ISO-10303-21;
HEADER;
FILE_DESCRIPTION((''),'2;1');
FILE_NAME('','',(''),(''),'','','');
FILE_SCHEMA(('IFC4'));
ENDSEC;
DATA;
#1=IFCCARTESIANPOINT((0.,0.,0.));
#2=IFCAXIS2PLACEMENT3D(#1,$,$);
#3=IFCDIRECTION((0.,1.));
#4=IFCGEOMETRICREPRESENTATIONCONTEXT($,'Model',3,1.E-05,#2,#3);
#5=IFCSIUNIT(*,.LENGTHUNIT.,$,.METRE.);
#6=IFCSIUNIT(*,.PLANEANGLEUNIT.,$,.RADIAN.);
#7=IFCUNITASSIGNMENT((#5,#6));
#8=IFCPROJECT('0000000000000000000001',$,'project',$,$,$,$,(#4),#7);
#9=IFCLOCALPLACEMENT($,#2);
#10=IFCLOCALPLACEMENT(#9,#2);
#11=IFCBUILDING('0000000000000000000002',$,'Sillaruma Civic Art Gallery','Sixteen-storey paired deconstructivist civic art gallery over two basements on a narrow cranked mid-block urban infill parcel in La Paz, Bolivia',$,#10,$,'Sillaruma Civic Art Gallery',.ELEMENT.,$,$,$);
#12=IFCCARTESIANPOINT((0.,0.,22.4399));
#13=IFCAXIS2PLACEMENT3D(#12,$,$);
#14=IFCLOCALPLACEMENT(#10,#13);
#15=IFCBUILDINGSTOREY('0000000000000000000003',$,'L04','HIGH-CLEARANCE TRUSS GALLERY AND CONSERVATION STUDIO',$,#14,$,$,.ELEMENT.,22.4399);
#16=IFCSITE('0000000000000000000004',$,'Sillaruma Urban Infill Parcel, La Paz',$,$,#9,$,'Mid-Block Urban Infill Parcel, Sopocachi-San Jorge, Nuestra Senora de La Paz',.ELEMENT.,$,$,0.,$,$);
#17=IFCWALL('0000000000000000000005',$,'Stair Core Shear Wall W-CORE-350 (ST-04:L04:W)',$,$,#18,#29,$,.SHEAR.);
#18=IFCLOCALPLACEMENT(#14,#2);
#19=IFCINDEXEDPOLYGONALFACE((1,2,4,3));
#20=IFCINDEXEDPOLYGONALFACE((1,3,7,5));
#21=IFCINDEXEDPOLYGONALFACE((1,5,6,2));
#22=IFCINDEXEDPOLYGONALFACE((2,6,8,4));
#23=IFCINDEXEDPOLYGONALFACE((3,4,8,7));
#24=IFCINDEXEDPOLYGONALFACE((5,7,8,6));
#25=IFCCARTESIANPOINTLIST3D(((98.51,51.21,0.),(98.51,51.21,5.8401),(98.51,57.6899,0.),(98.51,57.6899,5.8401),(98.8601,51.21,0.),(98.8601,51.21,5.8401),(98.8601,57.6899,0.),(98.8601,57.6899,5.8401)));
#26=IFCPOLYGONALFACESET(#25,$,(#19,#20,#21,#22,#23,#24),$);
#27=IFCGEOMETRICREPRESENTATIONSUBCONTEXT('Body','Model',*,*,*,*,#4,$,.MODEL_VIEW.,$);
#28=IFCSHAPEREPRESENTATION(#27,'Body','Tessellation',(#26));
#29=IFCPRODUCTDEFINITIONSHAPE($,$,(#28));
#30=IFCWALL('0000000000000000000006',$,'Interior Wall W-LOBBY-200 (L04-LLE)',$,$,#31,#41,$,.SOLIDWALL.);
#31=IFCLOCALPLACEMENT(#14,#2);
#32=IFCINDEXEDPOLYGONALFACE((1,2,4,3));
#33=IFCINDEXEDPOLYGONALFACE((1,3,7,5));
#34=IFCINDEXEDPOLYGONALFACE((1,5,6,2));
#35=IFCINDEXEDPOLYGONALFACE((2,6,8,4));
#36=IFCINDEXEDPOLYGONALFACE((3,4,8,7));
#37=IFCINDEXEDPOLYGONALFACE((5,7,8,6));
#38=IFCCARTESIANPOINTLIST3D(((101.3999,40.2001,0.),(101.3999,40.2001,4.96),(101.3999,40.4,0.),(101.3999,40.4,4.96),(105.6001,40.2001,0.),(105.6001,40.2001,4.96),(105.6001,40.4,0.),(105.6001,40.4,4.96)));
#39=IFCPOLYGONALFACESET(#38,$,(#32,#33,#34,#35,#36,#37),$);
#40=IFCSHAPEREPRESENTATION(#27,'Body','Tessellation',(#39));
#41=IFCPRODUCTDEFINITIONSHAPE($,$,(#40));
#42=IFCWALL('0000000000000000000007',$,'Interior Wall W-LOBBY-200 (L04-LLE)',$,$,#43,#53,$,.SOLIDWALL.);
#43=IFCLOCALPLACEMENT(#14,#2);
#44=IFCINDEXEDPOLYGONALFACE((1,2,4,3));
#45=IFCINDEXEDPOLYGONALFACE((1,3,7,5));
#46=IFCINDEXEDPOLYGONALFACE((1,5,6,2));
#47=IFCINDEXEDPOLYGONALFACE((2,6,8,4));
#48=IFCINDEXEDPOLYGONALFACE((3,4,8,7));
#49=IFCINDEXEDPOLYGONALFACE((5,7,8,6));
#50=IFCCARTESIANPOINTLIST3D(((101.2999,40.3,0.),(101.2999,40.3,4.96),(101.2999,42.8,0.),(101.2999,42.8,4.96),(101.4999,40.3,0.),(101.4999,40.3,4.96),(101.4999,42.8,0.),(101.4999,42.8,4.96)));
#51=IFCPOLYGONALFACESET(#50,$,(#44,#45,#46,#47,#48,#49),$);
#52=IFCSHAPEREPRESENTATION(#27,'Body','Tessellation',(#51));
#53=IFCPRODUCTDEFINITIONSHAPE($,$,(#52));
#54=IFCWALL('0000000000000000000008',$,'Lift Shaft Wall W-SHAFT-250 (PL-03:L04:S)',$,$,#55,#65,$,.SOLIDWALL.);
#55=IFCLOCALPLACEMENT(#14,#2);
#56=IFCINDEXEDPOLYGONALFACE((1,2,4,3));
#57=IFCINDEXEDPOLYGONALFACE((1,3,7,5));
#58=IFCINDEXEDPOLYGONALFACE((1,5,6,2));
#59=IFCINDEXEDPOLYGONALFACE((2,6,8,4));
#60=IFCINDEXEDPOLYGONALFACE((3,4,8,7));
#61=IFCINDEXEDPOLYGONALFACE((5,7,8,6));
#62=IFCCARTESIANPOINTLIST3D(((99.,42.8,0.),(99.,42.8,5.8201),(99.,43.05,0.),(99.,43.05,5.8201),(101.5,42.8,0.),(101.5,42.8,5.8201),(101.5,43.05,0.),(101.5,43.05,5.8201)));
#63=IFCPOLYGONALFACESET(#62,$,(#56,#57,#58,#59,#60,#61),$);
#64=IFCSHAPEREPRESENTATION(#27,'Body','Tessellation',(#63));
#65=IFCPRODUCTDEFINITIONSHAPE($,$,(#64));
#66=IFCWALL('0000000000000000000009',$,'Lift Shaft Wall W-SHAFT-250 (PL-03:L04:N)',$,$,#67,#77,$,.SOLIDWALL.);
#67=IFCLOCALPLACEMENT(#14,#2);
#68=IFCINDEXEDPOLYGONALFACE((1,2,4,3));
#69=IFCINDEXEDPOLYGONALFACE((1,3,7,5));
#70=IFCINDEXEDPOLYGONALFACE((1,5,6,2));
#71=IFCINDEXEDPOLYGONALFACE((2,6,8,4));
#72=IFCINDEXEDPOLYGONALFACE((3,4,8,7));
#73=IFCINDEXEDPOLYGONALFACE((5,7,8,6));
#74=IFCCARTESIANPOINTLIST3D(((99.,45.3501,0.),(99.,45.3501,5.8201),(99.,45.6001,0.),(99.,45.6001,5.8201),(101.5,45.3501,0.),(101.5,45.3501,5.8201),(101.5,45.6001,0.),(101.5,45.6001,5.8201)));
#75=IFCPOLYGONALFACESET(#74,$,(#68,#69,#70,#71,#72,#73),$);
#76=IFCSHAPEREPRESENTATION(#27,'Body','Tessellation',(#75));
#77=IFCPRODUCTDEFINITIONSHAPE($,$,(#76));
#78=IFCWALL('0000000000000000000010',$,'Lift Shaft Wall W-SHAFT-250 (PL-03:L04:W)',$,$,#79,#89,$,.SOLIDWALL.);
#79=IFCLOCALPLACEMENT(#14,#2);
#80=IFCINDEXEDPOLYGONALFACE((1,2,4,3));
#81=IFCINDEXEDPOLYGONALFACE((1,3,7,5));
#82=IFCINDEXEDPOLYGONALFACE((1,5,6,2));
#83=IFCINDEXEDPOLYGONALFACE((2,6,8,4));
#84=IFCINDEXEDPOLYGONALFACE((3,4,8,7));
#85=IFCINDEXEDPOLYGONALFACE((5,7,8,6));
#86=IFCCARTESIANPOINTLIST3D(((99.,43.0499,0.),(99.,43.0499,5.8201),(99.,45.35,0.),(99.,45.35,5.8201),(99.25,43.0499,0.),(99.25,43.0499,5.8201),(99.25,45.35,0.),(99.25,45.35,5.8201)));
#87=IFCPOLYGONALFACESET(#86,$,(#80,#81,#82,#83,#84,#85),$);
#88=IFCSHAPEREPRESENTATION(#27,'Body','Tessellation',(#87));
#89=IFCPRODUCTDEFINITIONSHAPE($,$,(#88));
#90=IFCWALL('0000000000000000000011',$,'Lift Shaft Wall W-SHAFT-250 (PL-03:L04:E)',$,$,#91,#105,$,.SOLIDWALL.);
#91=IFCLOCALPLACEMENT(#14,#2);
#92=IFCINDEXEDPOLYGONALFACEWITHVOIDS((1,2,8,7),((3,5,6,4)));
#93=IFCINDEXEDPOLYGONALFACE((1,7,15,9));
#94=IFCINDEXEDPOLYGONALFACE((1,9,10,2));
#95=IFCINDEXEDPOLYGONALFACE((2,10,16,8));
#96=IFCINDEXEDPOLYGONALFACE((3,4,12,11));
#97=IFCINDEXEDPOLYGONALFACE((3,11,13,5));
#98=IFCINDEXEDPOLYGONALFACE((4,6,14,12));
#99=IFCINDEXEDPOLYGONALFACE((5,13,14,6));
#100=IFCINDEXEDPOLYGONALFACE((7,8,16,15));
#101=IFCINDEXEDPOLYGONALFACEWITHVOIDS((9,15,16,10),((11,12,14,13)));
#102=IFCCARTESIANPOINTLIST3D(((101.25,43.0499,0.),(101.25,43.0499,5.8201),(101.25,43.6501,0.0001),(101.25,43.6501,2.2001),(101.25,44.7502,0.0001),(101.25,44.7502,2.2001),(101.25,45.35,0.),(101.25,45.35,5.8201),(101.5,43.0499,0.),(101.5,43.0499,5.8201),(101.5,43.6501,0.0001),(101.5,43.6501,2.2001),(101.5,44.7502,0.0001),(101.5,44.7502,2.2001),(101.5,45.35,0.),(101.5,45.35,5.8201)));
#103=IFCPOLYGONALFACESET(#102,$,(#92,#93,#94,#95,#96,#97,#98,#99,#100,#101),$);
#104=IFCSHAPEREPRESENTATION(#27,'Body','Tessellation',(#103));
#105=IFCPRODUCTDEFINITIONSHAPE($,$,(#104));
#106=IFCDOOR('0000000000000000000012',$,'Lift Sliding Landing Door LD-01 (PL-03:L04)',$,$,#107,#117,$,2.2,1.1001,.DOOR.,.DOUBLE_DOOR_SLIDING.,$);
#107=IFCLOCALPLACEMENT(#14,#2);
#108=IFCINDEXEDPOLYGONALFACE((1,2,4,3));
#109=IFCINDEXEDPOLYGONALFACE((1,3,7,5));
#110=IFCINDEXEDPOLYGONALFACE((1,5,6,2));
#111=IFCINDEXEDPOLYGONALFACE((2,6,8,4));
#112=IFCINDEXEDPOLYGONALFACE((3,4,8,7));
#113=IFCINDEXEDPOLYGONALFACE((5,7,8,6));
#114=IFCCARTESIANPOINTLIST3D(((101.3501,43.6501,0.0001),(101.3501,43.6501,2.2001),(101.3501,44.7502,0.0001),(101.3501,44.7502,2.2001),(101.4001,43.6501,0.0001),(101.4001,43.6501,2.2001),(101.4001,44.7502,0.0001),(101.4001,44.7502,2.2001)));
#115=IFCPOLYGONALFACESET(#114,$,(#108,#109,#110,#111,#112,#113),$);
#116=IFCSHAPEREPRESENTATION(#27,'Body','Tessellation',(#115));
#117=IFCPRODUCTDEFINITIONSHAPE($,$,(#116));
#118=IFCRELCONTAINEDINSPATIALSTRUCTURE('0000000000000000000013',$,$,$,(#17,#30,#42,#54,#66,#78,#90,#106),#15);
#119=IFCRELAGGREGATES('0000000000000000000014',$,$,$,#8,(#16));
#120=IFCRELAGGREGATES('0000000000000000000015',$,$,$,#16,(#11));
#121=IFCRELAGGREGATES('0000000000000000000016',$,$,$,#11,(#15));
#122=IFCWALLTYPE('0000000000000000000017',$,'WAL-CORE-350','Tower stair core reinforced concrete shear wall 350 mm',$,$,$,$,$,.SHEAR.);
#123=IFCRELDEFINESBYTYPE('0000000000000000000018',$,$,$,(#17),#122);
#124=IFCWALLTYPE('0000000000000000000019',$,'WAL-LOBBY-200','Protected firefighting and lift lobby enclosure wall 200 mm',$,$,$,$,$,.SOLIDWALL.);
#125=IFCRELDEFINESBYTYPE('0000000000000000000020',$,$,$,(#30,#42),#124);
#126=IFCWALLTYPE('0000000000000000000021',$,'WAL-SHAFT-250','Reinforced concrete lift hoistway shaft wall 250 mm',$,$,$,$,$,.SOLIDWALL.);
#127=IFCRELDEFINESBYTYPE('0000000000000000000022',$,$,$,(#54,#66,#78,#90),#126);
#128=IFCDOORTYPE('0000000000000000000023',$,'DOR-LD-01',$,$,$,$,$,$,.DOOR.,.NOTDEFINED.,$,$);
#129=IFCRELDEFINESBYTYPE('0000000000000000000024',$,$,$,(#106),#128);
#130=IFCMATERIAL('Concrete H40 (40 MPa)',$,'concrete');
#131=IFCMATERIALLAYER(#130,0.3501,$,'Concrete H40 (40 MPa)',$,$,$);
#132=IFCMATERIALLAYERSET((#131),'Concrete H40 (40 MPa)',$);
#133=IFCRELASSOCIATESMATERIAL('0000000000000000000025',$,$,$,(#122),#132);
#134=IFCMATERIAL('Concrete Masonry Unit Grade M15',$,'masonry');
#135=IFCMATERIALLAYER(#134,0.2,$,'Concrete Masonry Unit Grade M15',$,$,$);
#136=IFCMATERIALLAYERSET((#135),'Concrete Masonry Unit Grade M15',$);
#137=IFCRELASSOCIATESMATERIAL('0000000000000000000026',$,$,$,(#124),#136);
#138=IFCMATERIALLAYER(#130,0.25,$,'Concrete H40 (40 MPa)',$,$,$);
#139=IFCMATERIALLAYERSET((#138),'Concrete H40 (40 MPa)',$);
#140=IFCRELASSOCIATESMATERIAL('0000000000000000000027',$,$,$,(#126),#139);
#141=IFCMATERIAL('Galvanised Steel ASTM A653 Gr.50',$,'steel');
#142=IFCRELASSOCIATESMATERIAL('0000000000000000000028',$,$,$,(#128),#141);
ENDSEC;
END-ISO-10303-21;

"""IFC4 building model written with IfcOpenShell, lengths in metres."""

from ifc_helpers import new_model, si_unit, direction, frame, frame_2d, origin, place, context, subcontext, project, spatial, rectangle, extrude, material, layer, layer_set, type_object, element, fill, save


model = new_model("IFC4")

# Units and contexts
model_context = context("Model", 3, precision=1e-05, world=origin(), true_north=direction((0.0, 1.0)))
body_context = subcontext(model_context, "Body", "Model", "MODEL_VIEW")
ifc_project = project(units=[si_unit("LENGTHUNIT", "METRE"), si_unit("PLANEANGLEUNIT", "RADIAN")], contexts=[model_context])

# Site, building, storey
site_placement = place(None, origin())
site = spatial("IfcSite", under=ifc_project, at=site_placement, Name="Sillaruma Urban Infill Parcel, La Paz", LongName="Mid-Block Urban Infill Parcel, Sopocachi-San Jorge, Nuestra Senora de La Paz", CompositionType="ELEMENT", RefElevation=0.0)
building_placement = place(site_placement, origin())
building = spatial("IfcBuilding", under=site, at=building_placement, Name="Sillaruma Civic Art Gallery", Description="Sixteen-storey paired deconstructivist civic art gallery over two basements on a narrow cranked mid-block urban infill parcel in La Paz, Bolivia", LongName="Sillaruma Civic Art Gallery", CompositionType="ELEMENT")
storey_placement = place(building_placement, frame((0.0, 0.0, 22.4399)))
storey = spatial("IfcBuildingStorey", under=building, at=storey_placement, Name="L04", Description="HIGH-CLEARANCE TRUSS GALLERY AND CONSERVATION STUDIO", CompositionType="ELEMENT", Elevation=22.4399)

# Shared definitions
ifc_material_1 = material(Name="Concrete H40 (40 MPa)", Category="concrete")

# Shared definitions
ifc_layer_1 = layer(ifc_material_1, 0.3501, Name="Concrete H40 (40 MPa)")
ifc_layer_set_1 = layer_set([ifc_layer_1], Name="Concrete H40 (40 MPa)")
wall_type_1 = type_object("IfcWallType", Name="WAL-CORE-350", Description="Tower stair core reinforced concrete shear wall 350 mm", PredefinedType="SHEAR", material=ifc_layer_set_1)
ifc_material_2 = material(Name="Galvanised Steel ASTM A653 Gr.50", Category="steel")

# Walls
wall_1_placement = place(storey_placement, frame((98.6851, 51.21, 0.0), z_axis=(0.0, 0.0, 1.0), x_axis=(0.0, 1.0, 0.0)))
element("IfcWall", 1, at=wall_1_placement, inside=storey, type_object=wall_type_1, Name="Stair Core Shear Wall W-CORE-350 (ST-04:L04:W)", PredefinedType="SHEAR", context=body_context, shape_type="SweptSolid", body=[
    extrude(rectangle(XDim=6.48, YDim=0.3501, at=frame_2d((3.24, 0.0))), origin(), (0.0, 0.0, 1.0), 5.8401),
])
ifc_material_3 = material(Name="Concrete Masonry Unit Grade M15", Category="masonry")
ifc_layer_2 = layer(ifc_material_3, 0.2, Name="Concrete Masonry Unit Grade M15")
ifc_layer_set_2 = layer_set([ifc_layer_2], Name="Concrete Masonry Unit Grade M15")
wall_type_2 = type_object("IfcWallType", Name="WAL-LOBBY-200", Description="Protected firefighting and lift lobby enclosure wall 200 mm", PredefinedType="SOLIDWALL", material=ifc_layer_set_2)
wall_2_placement = place(storey_placement, frame((101.3999, 40.3, 0.0), z_axis=(0.0, 0.0, 1.0), x_axis=(1.0, 0.0, 0.0)))
element("IfcWall", 2, at=wall_2_placement, inside=storey, type_object=wall_type_2, Name="Interior Wall W-LOBBY-200 (L04-LLE)", PredefinedType="SOLIDWALL", context=body_context, shape_type="SweptSolid", body=[
    extrude(rectangle(XDim=4.2002, YDim=0.2, at=frame_2d((2.1001, 0.0))), origin(), (0.0, 0.0, 1.0), 4.96),
])
wall_3_placement = place(storey_placement, frame((101.3999, 40.3, 0.0), z_axis=(0.0, 0.0, 1.0), x_axis=(0.0, 1.0, 0.0)))
element("IfcWall", 3, at=wall_3_placement, inside=storey, type_object=wall_type_2, Name="Interior Wall W-LOBBY-200 (L04-LLE)", PredefinedType="SOLIDWALL", context=body_context, shape_type="SweptSolid", body=[
    extrude(rectangle(XDim=2.5, YDim=0.2, at=frame_2d((1.25, 0.0))), origin(), (0.0, 0.0, 1.0), 4.96),
])
ifc_layer_3 = layer(ifc_material_1, 0.25, Name="Concrete H40 (40 MPa)")
ifc_layer_set_3 = layer_set([ifc_layer_3], Name="Concrete H40 (40 MPa)")
wall_type_3 = type_object("IfcWallType", Name="WAL-SHAFT-250", Description="Reinforced concrete lift hoistway shaft wall 250 mm", PredefinedType="SOLIDWALL", material=ifc_layer_set_3)
for number, where, z_axis, x_axis, name in (
    (4, (99.0, 42.925, 0.0), (0.0, 0.0, 1.0), (1.0, 0.0, 0.0), "Lift Shaft Wall W-SHAFT-250 (PL-03:L04:S)"),
    (5, (99.0, 45.4751, 0.0), (0.0, 0.0, 1.0), (1.0, 0.0, 0.0), "Lift Shaft Wall W-SHAFT-250 (PL-03:L04:N)"),
):
    element("IfcWall", number, at=place(storey_placement, frame(where, z_axis=z_axis, x_axis=x_axis)), inside=storey, type_object=wall_type_3, Name=name, PredefinedType="SOLIDWALL", context=body_context, shape_type="SweptSolid", body=[
        extrude(rectangle(XDim=2.5, YDim=0.25, at=frame_2d((1.25, 0.0))), origin(), (0.0, 0.0, 1.0), 5.8201),
    ])
wall_4_placement = place(storey_placement, frame((99.125, 43.05, 0.0), z_axis=(0.0, 0.0, 1.0), x_axis=(0.0, 1.0, 0.0)))
element("IfcWall", 6, at=wall_4_placement, inside=storey, type_object=wall_type_3, Name="Lift Shaft Wall W-SHAFT-250 (PL-03:L04:W)", PredefinedType="SOLIDWALL", context=body_context, shape_type="SweptSolid", body=[
    extrude(rectangle(XDim=2.3, YDim=0.25, at=frame_2d((1.1499, 0.0))), origin(), (0.0, 0.0, 1.0), 5.8201),
])

# Wall, opening, door
wall_5_placement = place(storey_placement, frame((101.375, 43.05, 0.0), z_axis=(0.0, 0.0, 1.0), x_axis=(0.0, 1.0, 0.0)))
wall_5 = element("IfcWall", 7, at=wall_5_placement, inside=storey, type_object=wall_type_3, Name="Lift Shaft Wall W-SHAFT-250 (PL-03:L04:E)", PredefinedType="SOLIDWALL", context=body_context, shape_type="SweptSolid", body=[
    extrude(rectangle(XDim=2.3, YDim=0.25, at=frame_2d((1.1499, 0.0))), origin(), (0.0, 0.0, 1.0), 5.8201),
])
opening_1_placement = place(wall_5_placement, frame((0.6001, 0.0, 0.0)))
opening_1 = element("IfcOpeningElement", 8, at=opening_1_placement, cuts=wall_5, PredefinedType="OPENING", context=body_context, shape_type="SweptSolid", body=[
    extrude(rectangle(XDim=1.1001, YDim=2.2, at=frame_2d((0.55, 1.1001))), frame((0.0, 0.135, 0.0), z_axis=(0.0, -1.0, 0.0), x_axis=(1.0, 0.0, 0.0)), (0.0, 0.0, 1.0), 0.27),
])
door_type_1 = type_object("IfcDoorType", Name="DOR-LD-01", OperationType="NOTDEFINED", PredefinedType="DOOR", material=ifc_material_2)
door_1_placement = place(opening_1_placement, origin())
door_1 = element("IfcDoor", 9, at=door_1_placement, inside=storey, type_object=door_type_1, Name="Lift Sliding Landing Door LD-01 (PL-03:L04)", OperationType="DOUBLE_DOOR_SLIDING", OverallHeight=2.2, OverallWidth=1.1001, PredefinedType="DOOR", context=body_context, shape_type="SweptSolid", body=[
    extrude(rectangle(XDim=1.1001, YDim=2.2, at=frame_2d((0.55, 1.1001))), frame((0.0, 0.0249, 0.0), z_axis=(0.0, -1.0, 0.0), x_axis=(1.0, 0.0, 0.0)), (0.0, 0.0, 1.0), 0.05),
])
fill(opening_1, door_1)

save(model, "model.ifc")
